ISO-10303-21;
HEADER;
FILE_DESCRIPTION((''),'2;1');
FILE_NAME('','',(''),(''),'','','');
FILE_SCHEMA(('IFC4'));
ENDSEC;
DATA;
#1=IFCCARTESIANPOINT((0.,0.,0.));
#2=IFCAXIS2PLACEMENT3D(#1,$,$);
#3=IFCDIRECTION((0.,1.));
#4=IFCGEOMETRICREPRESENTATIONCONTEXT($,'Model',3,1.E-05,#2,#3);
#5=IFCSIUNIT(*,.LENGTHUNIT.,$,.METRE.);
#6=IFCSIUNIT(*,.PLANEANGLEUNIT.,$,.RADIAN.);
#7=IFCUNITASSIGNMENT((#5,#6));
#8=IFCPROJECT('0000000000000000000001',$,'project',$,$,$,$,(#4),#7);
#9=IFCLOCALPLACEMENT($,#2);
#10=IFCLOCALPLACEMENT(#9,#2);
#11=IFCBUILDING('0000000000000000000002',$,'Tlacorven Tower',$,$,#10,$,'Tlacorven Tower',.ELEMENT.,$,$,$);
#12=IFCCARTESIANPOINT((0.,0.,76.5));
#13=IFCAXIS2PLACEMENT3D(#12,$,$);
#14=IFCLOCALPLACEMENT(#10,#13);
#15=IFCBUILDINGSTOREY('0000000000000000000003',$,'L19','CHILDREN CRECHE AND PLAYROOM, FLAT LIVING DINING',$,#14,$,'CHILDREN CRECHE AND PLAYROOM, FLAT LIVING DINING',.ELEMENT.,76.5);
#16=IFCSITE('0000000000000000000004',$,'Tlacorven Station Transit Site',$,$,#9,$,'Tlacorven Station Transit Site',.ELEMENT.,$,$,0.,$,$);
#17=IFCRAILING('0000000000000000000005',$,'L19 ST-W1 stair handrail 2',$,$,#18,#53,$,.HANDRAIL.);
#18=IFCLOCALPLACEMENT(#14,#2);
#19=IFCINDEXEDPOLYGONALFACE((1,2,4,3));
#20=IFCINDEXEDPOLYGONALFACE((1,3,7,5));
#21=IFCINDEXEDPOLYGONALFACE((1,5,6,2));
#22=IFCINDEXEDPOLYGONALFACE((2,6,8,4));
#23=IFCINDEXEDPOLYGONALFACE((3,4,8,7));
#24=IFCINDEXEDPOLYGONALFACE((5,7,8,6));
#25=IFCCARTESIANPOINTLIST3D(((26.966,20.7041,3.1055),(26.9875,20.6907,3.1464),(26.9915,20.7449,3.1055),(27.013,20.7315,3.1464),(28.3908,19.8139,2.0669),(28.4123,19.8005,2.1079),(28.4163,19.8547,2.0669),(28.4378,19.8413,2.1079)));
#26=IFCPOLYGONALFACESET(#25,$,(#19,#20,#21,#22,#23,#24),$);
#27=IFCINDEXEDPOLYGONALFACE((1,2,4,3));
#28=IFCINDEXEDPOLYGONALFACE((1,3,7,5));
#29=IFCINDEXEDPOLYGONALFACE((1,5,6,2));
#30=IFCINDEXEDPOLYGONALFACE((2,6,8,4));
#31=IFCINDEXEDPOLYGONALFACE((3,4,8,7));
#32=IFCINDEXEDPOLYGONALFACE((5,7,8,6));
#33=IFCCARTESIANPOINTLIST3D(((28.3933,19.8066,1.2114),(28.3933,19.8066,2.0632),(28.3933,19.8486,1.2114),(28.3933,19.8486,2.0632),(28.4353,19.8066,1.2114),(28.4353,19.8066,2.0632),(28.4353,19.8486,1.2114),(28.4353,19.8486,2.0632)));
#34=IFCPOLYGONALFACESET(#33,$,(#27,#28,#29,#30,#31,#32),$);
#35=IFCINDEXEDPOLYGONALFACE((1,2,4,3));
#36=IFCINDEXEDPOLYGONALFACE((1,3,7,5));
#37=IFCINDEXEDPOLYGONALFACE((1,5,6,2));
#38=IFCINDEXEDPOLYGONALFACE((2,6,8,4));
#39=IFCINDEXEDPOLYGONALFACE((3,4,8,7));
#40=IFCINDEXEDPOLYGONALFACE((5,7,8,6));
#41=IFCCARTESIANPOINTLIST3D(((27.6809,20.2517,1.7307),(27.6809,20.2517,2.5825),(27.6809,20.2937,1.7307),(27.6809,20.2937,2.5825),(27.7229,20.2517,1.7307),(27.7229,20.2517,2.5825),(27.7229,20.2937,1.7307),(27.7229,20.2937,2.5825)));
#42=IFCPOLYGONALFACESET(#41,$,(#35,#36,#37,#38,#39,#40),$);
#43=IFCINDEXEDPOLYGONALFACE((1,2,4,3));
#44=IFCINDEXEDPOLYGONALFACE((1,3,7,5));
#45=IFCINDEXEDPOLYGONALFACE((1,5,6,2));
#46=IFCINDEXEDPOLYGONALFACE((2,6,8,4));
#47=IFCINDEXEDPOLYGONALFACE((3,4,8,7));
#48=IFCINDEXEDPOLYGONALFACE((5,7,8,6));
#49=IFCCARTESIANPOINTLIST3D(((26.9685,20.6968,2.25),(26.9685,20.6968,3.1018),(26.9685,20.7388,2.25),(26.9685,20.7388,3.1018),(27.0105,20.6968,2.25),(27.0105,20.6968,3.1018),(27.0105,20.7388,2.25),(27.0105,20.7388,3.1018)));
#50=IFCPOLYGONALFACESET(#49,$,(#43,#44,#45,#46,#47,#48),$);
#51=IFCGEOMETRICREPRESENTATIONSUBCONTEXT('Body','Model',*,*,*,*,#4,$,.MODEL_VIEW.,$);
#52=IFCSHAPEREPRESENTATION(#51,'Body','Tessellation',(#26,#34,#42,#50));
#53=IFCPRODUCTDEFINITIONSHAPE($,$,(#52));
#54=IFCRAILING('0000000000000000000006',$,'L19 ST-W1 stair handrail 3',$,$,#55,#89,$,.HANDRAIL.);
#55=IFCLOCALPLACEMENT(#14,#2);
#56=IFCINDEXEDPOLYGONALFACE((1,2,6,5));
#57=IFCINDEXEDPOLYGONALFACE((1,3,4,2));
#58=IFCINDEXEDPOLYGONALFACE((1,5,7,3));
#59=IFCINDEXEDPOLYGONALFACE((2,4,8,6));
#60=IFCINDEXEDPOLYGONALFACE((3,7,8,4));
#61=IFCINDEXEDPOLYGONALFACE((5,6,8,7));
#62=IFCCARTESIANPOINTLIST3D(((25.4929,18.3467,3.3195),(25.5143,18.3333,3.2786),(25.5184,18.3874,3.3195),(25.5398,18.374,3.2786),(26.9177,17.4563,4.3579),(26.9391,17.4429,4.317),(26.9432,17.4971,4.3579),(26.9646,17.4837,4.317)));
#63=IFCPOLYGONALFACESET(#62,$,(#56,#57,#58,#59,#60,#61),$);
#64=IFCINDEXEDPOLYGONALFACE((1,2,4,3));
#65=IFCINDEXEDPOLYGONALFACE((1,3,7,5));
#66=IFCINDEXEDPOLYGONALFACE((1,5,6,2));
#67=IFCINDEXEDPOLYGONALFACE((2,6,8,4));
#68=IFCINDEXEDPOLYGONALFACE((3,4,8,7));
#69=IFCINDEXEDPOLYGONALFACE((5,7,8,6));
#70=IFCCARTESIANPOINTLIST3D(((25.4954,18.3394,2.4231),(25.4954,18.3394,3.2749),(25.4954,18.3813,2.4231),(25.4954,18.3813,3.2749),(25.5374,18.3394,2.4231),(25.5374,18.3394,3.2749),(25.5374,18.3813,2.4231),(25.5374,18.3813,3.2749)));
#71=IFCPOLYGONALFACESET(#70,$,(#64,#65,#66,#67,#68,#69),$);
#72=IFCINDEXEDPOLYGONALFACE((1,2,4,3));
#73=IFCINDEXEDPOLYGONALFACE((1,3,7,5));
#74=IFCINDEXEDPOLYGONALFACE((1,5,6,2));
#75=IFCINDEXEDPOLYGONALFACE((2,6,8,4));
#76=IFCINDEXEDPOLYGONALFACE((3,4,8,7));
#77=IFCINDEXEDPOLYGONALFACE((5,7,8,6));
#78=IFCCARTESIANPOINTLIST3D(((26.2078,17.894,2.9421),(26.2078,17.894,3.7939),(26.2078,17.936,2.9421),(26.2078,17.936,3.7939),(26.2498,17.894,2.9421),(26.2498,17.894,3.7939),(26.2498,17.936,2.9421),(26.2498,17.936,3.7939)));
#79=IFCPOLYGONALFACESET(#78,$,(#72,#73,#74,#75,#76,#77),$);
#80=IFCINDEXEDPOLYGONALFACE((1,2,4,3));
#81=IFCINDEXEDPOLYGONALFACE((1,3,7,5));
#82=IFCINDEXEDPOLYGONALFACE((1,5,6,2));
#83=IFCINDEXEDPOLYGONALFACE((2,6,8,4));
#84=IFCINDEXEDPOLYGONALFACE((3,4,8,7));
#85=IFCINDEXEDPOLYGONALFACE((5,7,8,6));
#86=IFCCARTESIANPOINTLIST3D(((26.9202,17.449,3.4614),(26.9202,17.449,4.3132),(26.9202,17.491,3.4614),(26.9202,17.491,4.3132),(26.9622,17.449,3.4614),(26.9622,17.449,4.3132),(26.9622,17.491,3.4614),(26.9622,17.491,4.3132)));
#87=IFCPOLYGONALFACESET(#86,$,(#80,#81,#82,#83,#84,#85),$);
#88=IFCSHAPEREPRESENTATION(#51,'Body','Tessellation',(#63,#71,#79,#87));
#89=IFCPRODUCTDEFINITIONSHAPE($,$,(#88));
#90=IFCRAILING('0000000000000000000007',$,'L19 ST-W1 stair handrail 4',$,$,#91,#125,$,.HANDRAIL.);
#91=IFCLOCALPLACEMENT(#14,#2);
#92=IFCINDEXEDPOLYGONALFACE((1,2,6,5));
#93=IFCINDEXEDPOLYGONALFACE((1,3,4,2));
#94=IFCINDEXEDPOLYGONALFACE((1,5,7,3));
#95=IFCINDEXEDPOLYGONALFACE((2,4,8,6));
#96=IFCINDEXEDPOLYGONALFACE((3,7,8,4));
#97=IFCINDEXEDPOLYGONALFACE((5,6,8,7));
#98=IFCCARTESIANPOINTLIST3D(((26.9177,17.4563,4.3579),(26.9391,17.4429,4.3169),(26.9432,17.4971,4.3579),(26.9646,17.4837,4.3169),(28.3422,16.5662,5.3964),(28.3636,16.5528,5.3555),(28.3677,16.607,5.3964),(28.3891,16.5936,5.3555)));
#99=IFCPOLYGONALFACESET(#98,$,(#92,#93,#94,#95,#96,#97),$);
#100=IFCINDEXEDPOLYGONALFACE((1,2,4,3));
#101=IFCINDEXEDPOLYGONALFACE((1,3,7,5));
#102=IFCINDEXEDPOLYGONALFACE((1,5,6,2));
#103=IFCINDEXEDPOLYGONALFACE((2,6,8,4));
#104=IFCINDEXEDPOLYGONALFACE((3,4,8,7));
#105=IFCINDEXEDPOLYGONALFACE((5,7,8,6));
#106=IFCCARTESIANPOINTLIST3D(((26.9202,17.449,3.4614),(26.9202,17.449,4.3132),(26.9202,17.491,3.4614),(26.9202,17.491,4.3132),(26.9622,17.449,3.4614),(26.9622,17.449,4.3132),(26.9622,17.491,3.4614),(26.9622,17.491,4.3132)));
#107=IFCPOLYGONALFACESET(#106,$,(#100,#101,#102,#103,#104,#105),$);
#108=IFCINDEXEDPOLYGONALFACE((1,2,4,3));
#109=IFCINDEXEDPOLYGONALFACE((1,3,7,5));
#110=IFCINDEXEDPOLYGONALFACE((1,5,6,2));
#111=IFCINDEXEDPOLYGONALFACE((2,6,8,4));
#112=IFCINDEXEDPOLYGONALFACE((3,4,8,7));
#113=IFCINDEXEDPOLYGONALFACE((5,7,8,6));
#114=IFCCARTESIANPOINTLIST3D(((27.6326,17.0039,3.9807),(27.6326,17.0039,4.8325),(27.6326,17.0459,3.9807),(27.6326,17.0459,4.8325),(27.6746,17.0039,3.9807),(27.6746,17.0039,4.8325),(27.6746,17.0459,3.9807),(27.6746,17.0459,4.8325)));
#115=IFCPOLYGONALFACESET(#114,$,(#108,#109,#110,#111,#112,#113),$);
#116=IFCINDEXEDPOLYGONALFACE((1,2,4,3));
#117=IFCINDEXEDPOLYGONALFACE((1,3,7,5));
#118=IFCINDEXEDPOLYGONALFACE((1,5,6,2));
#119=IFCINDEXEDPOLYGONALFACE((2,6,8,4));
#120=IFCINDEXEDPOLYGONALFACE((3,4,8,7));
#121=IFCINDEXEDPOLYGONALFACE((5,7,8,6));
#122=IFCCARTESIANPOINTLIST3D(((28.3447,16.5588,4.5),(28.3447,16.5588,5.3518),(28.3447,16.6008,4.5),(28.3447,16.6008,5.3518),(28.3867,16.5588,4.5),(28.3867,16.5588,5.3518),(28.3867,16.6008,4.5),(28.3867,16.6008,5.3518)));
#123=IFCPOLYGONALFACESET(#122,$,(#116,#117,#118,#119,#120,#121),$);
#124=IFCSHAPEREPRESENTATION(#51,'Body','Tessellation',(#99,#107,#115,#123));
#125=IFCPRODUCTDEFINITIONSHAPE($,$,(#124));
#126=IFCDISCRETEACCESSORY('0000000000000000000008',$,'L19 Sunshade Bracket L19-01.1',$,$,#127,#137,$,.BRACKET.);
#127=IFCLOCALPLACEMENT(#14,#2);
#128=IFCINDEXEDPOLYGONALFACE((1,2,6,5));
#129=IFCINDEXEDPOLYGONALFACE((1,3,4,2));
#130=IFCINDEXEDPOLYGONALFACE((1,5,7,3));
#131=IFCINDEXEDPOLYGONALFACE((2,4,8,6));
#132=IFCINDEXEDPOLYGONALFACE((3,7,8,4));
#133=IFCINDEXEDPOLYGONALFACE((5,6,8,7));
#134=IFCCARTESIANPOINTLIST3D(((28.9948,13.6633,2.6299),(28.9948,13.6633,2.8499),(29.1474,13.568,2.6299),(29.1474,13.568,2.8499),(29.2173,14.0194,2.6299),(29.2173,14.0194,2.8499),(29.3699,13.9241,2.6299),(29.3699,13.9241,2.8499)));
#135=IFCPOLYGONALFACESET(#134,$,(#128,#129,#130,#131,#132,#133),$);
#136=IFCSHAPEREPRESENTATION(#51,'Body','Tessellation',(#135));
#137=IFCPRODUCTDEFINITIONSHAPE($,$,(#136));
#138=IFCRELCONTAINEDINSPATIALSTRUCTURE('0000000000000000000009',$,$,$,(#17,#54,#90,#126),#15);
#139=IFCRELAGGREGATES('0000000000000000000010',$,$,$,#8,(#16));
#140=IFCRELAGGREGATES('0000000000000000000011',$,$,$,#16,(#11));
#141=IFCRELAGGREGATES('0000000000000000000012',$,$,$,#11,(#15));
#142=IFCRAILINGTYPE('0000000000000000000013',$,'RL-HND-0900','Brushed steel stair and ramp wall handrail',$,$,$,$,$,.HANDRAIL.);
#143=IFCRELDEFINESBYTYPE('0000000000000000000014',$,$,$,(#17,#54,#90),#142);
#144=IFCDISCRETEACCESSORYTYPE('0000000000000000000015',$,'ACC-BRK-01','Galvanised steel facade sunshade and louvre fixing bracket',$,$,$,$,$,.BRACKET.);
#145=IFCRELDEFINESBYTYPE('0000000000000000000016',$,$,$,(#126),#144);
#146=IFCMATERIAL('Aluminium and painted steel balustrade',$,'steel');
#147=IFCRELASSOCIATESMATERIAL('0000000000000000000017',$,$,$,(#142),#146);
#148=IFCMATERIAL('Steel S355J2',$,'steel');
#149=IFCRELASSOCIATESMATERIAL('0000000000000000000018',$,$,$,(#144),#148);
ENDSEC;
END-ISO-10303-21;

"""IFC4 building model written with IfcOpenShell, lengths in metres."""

from ifc_helpers import new_model, si_unit, direction, frame, origin, origin_2d, place, context, subcontext, project, spatial, rectangle, extrude, source, transform, mapped, material, type_object, element, save


model = new_model("IFC4")

# Units and contexts
model_context = context("Model", 3, precision=1e-05, world=origin(), true_north=direction((0.0, 1.0)))
body_context = subcontext(model_context, "Body", "Model", "MODEL_VIEW")
ifc_project = project(units=[si_unit("LENGTHUNIT", "METRE"), si_unit("PLANEANGLEUNIT", "RADIAN")], contexts=[model_context])

# Site, building, storey
site_placement = place(None, origin())
site = spatial("IfcSite", under=ifc_project, at=site_placement, Name="Tlacorven Station Transit Site", LongName="Tlacorven Station Transit Site", CompositionType="ELEMENT", RefElevation=0.0)
building_placement = place(site_placement, origin())
building = spatial("IfcBuilding", under=site, at=building_placement, Name="Tlacorven Tower", LongName="Tlacorven Tower", CompositionType="ELEMENT")
storey_placement = place(building_placement, frame((0.0, 0.0, 76.5)))
storey = spatial("IfcBuildingStorey", under=building, at=storey_placement, Name="L19", Description="CHILDREN CRECHE AND PLAYROOM, FLAT LIVING DINING", LongName="CHILDREN CRECHE AND PLAYROOM, FLAT LIVING DINING", CompositionType="ELEMENT", Elevation=76.5)

# Shared definitions
ifc_material_1 = material(Name="Steel S355J2", Category="steel")

# Shared definitions
ifc_material_2 = material(Name="Aluminium and painted steel balustrade", Category="steel")

# Railings
railing_type_1 = type_object("IfcRailingType", Name="RL-HND-0900", Description="Brushed steel stair and ramp wall handrail", PredefinedType="HANDRAIL", material=ifc_material_2)
shared_shape_1 = source(origin(), body_context, "Body", "SweptSolid", [
    extrude(rectangle(XDim=0.0481, YDim=0.0481, at=origin_2d()), frame((0.0, 0.0, 0.876), z_axis=(-0.721381, 0.450678, 0.525832), x_axis=(-0.529842, -0.848096, 0.0)), (0.0, 0.0, 1.0), 1.9751),
    extrude(rectangle(XDim=0.042, YDim=0.042, at=origin_2d()), origin(), (0.0, 0.0, 1.0), 0.8518),
    extrude(rectangle(XDim=0.042, YDim=0.042, at=origin_2d()), frame((-0.7124, 0.4451, 0.5193)), (0.0, 0.0, 1.0), 0.8518),
    extrude(rectangle(XDim=0.042, YDim=0.042, at=origin_2d()), frame((-1.4248, 0.8901, 1.0386)), (0.0, 0.0, 1.0), 0.8518),
])
railing_1_placement = place(storey_placement, frame((28.4143, 19.8276, 1.2114)))
element("IfcRailing", 1, at=railing_1_placement, inside=storey, type_object=railing_type_1, Name="L19 ST-W1 stair handrail 2", PredefinedType="HANDRAIL", context=body_context, shape_type="MappedRepresentation", body=[
    mapped(shared_shape_1, transform((0.0, 0.0, 0.0), scale=1.0)),
])
shared_shape_2 = source(origin(), body_context, "Body", "SweptSolid", [
    extrude(rectangle(XDim=0.0481, YDim=0.0481, at=origin_2d()), frame((0.0, 0.0, 0.876), z_axis=(0.721388, -0.450805, 0.525713), x_axis=(0.529947, 0.848031, 0.0)), (0.0, 0.0, 1.0), 1.9751),
    extrude(rectangle(XDim=0.042, YDim=0.042, at=origin_2d()), origin(), (0.0, 0.0, 1.0), 0.8518),
    extrude(rectangle(XDim=0.042, YDim=0.042, at=origin_2d()), frame((0.7124, -0.4453, 0.519)), (0.0, 0.0, 1.0), 0.8518),
    extrude(rectangle(XDim=0.042, YDim=0.042, at=origin_2d()), frame((1.4248, -0.8904, 1.0383)), (0.0, 0.0, 1.0), 0.8518),
])
railing_2_placement = place(storey_placement, frame((25.5164, 18.3604, 2.4231)))
element("IfcRailing", 2, at=railing_2_placement, inside=storey, type_object=railing_type_1, Name="L19 ST-W1 stair handrail 3", PredefinedType="HANDRAIL", context=body_context, shape_type="MappedRepresentation", body=[
    mapped(shared_shape_2, transform((0.0, 0.0, 0.0), scale=1.0)),
])
shared_shape_3 = source(origin(), body_context, "Body", "SweptSolid", [
    extrude(rectangle(XDim=0.0481, YDim=0.0481, at=origin_2d()), frame((0.0, 0.0, 0.876), z_axis=(0.721322, -0.450718, 0.525879), x_axis=(0.529907, 0.848055, 0.0)), (0.0, 0.0, 1.0), 1.9749),
    extrude(rectangle(XDim=0.042, YDim=0.042, at=origin_2d()), origin(), (0.0, 0.0, 1.0), 0.8518),
    extrude(rectangle(XDim=0.042, YDim=0.042, at=origin_2d()), frame((0.7124, -0.4451, 0.5193)), (0.0, 0.0, 1.0), 0.8518),
    extrude(rectangle(XDim=0.042, YDim=0.042, at=origin_2d()), frame((1.4246, -0.8901, 1.0386)), (0.0, 0.0, 1.0), 0.8518),
])
railing_3_placement = place(storey_placement, frame((26.9412, 17.47, 3.4614)))
element("IfcRailing", 3, at=railing_3_placement, inside=storey, type_object=railing_type_1, Name="L19 ST-W1 stair handrail 4", PredefinedType="HANDRAIL", context=body_context, shape_type="MappedRepresentation", body=[
    mapped(shared_shape_3, transform((0.0, 0.0, 0.0), scale=1.0)),
])

# Discrete accessory
discrete_accessory_type = type_object("IfcDiscreteAccessoryType", Name="ACC-BRK-01", Description="Galvanised steel facade sunshade and louvre fixing bracket", PredefinedType="BRACKET", material=ifc_material_1)
shared_shape_4 = source(origin(), body_context, "Body", "SweptSolid", [
    extrude(rectangle(XDim=0.1799, YDim=0.4199, at=origin_2d()), origin(), (0.0, 0.0, 1.0), 0.22),
])
discrete_accessory_placement = place(storey_placement, frame((29.1824, 13.7937, 2.6299), z_axis=(0.0, 0.0, 1.0), x_axis=(-0.848048, 0.529919, 0.0)))
element("IfcDiscreteAccessory", 4, at=discrete_accessory_placement, inside=storey, type_object=discrete_accessory_type, Name="L19 Sunshade Bracket L19-01.1", PredefinedType="BRACKET", context=body_context, shape_type="MappedRepresentation", body=[
    mapped(shared_shape_4, transform((0.0, 0.0, 0.0), scale=1.0)),
])

save(model, "model.ifc")
